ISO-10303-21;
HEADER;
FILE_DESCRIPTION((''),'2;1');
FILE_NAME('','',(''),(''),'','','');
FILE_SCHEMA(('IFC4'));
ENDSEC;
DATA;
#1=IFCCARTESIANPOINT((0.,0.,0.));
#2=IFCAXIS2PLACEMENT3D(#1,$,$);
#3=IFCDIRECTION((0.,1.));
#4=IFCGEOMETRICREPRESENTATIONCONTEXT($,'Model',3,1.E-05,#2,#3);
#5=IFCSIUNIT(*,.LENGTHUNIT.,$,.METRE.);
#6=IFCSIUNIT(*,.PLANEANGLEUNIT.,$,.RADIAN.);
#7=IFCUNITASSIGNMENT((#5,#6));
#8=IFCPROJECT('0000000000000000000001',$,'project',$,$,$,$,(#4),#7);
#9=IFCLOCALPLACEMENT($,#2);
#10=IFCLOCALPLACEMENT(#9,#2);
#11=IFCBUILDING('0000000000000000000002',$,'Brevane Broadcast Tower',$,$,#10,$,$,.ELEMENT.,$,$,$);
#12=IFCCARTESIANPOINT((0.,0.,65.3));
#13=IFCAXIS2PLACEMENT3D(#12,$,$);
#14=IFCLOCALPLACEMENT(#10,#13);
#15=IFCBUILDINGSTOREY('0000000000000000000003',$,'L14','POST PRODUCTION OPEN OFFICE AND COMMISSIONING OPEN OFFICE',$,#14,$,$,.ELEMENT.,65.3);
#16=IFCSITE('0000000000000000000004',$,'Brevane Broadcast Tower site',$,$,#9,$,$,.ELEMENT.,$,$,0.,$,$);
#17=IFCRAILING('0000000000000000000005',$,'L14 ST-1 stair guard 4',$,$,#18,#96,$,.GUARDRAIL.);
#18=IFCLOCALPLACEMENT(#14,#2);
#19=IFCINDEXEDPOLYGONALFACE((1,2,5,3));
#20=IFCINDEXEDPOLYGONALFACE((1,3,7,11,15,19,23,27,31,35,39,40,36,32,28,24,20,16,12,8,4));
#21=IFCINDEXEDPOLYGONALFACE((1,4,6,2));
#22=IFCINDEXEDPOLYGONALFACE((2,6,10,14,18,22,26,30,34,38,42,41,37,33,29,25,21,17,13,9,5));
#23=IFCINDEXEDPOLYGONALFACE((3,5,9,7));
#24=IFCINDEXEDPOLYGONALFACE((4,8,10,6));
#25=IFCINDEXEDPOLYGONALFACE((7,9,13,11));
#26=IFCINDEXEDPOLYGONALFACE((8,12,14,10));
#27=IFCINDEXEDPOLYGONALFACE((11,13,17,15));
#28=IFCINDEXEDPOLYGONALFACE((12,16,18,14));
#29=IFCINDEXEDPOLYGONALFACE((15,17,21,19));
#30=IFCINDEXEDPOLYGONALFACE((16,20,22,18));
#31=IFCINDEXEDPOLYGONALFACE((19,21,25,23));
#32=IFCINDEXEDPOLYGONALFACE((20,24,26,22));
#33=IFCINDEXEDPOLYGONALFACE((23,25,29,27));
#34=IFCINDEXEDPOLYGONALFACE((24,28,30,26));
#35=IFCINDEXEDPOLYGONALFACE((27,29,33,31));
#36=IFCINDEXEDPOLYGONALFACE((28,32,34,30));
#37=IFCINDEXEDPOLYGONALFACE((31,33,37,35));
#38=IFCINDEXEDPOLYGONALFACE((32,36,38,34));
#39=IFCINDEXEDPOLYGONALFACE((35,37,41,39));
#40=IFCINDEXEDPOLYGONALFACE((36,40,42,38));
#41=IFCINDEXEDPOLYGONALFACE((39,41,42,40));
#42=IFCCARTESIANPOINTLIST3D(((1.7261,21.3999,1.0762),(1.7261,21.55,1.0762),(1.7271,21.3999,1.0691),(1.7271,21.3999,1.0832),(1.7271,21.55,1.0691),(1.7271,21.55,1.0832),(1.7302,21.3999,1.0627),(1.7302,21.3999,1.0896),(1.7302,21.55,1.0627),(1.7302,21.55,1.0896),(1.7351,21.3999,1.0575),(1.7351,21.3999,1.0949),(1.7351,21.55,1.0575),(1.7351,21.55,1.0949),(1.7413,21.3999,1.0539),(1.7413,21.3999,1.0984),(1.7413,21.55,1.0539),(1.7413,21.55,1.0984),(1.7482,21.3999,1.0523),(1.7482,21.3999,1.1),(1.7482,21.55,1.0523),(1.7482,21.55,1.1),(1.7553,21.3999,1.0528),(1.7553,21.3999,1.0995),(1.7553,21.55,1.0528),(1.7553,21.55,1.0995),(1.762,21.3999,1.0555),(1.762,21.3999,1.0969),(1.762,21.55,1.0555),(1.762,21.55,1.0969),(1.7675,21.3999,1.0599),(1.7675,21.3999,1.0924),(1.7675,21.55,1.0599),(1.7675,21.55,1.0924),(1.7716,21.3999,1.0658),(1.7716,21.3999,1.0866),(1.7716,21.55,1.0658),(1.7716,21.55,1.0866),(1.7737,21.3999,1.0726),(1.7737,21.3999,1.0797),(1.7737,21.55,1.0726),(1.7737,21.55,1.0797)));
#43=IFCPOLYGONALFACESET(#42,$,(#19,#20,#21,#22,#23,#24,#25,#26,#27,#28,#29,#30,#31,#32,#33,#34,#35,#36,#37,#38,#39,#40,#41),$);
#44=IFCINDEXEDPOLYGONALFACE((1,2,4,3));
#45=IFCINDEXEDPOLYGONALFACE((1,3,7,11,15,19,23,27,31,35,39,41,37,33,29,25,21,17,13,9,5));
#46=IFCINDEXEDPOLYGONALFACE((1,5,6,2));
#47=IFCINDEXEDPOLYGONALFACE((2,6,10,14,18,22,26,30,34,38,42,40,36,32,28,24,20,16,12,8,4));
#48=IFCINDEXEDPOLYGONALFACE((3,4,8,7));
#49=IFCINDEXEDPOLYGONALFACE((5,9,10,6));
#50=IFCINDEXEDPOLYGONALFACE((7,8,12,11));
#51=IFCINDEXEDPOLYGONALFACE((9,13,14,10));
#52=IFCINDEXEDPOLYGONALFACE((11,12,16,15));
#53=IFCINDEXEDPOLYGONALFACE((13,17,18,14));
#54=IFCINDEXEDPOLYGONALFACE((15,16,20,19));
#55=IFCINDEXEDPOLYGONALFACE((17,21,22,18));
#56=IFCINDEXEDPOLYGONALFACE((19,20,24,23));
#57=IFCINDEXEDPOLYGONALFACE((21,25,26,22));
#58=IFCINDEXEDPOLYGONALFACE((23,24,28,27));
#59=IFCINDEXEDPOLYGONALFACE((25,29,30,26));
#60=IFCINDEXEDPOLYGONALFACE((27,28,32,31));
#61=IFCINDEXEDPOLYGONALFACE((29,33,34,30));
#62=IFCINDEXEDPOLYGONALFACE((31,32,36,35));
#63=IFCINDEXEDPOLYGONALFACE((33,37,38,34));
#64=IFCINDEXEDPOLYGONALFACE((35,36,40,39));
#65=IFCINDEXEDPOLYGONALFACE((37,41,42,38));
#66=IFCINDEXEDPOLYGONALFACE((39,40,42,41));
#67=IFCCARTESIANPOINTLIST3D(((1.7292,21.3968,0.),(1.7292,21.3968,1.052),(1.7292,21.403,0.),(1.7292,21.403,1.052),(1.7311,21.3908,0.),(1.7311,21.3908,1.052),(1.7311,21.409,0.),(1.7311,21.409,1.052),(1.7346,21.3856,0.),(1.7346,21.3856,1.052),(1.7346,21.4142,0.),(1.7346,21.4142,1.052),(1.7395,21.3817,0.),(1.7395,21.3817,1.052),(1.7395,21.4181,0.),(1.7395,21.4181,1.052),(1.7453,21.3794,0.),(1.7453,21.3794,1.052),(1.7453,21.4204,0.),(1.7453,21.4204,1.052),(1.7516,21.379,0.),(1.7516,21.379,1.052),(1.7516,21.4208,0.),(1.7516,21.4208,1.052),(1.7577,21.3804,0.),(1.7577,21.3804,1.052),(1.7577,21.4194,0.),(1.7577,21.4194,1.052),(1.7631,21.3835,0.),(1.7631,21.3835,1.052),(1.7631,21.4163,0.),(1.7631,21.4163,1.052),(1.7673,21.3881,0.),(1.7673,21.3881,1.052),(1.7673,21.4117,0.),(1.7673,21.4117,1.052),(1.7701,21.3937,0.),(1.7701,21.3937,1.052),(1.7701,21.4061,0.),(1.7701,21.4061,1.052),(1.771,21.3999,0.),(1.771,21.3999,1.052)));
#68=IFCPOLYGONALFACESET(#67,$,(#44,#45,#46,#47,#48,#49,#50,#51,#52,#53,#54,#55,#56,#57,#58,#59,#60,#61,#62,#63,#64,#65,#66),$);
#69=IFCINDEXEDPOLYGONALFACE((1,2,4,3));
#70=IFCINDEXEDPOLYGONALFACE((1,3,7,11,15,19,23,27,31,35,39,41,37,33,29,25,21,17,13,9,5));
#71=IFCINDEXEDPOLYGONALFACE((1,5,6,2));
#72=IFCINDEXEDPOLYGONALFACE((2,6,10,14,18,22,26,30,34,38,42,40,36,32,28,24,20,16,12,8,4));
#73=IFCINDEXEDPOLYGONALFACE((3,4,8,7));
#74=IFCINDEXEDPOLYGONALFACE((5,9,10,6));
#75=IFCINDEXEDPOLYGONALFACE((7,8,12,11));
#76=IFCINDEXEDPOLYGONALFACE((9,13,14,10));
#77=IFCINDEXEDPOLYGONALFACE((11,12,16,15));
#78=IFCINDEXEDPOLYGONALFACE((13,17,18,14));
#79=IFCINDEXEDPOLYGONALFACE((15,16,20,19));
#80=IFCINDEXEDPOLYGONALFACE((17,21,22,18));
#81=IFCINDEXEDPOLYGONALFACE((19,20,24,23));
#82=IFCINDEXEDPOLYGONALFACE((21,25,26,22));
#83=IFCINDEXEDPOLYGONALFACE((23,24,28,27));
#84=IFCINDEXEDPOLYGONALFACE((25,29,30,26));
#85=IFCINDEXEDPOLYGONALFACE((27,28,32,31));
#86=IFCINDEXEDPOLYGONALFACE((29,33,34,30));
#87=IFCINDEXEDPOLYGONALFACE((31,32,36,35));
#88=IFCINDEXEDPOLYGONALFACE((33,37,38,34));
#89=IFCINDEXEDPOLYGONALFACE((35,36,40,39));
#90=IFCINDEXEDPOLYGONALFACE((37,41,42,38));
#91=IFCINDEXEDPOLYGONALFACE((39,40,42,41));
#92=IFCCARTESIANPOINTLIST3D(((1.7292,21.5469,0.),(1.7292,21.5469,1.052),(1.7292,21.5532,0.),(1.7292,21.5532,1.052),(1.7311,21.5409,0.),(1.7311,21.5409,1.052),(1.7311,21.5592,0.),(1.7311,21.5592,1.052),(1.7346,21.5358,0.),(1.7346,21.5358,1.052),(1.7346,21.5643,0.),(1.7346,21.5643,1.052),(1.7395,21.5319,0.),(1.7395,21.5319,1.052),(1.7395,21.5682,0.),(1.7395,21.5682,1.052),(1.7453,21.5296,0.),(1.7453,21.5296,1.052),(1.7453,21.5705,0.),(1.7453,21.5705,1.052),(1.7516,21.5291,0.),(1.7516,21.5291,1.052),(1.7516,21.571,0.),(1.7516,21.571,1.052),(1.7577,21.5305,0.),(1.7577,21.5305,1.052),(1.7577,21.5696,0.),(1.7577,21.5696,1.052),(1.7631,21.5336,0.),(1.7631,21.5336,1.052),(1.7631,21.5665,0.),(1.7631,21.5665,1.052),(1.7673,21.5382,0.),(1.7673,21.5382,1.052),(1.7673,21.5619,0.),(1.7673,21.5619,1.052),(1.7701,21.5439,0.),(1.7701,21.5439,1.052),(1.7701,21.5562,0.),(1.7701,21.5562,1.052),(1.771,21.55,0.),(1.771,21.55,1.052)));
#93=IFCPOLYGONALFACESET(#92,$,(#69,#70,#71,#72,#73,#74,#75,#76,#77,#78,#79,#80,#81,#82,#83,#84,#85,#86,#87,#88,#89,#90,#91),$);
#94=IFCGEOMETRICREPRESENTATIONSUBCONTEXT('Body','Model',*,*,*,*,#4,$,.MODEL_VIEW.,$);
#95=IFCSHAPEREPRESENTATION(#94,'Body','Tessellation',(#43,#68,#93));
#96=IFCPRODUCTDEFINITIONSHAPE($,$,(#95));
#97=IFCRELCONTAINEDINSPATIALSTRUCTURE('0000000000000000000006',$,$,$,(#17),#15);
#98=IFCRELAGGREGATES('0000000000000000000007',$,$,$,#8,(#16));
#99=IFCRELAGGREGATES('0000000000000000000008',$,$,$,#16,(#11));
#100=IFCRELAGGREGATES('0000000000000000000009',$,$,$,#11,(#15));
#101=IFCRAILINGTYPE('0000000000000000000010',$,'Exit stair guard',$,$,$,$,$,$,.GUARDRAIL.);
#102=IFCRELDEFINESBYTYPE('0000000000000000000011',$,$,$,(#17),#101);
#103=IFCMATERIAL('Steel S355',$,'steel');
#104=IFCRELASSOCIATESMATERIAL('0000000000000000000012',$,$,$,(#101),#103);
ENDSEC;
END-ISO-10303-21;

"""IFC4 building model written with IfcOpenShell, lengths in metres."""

from ifc_helpers import new_model, si_unit, direction, frame, origin, origin_2d, place, context, subcontext, project, spatial, circle, extrude, material, type_object, element, save


model = new_model("IFC4")

# Units and contexts
model_context = context("Model", 3, precision=1e-05, world=origin(), true_north=direction((0.0, 1.0)))
body_context = subcontext(model_context, "Body", "Model", "MODEL_VIEW")
ifc_project = project(units=[si_unit("LENGTHUNIT", "METRE"), si_unit("PLANEANGLEUNIT", "RADIAN")], contexts=[model_context])

# Site, building, storey
site_placement = place(None, origin())
site = spatial("IfcSite", under=ifc_project, at=site_placement, Name="Brevane Broadcast Tower site", CompositionType="ELEMENT", RefElevation=0.0)
building_placement = place(site_placement, origin())
building = spatial("IfcBuilding", under=site, at=building_placement, Name="Brevane Broadcast Tower", CompositionType="ELEMENT")
storey_placement = place(building_placement, frame((0.0, 0.0, 65.3)))
storey = spatial("IfcBuildingStorey", under=building, at=storey_placement, Name="L14", Description="POST PRODUCTION OPEN OFFICE AND COMMISSIONING OPEN OFFICE", CompositionType="ELEMENT", Elevation=65.3)

# Railing
ifc_material_1 = material(Name="Steel S355", Category="steel")
railing_type_1 = type_object("IfcRailingType", Name="Exit stair guard", PredefinedType="GUARDRAIL", material=ifc_material_1)
railing_1_placement = place(storey_placement, frame((1.75, 21.3999, 0.0)))
element("IfcRailing", 1, at=railing_1_placement, inside=storey, type_object=railing_type_1, Name="L14 ST-1 stair guard 4", PredefinedType="GUARDRAIL", context=body_context, shape_type="SweptSolid", body=[
    extrude(circle(Radius=0.0239, at=origin_2d()), frame((0.0, 0.0, 1.0762), z_axis=(0.0, 1.0, 0.0), x_axis=(-1.0, 0.0, 0.0)), (0.0, 0.0, 1.0), 0.1501),
    extrude(circle(Radius=0.021, at=origin_2d()), origin(), (0.0, 0.0, 1.0), 1.052),
    extrude(circle(Radius=0.021, at=origin_2d()), frame((0.0, 0.1501, 0.0)), (0.0, 0.0, 1.0), 1.052),
])

save(model, "model.ifc")
